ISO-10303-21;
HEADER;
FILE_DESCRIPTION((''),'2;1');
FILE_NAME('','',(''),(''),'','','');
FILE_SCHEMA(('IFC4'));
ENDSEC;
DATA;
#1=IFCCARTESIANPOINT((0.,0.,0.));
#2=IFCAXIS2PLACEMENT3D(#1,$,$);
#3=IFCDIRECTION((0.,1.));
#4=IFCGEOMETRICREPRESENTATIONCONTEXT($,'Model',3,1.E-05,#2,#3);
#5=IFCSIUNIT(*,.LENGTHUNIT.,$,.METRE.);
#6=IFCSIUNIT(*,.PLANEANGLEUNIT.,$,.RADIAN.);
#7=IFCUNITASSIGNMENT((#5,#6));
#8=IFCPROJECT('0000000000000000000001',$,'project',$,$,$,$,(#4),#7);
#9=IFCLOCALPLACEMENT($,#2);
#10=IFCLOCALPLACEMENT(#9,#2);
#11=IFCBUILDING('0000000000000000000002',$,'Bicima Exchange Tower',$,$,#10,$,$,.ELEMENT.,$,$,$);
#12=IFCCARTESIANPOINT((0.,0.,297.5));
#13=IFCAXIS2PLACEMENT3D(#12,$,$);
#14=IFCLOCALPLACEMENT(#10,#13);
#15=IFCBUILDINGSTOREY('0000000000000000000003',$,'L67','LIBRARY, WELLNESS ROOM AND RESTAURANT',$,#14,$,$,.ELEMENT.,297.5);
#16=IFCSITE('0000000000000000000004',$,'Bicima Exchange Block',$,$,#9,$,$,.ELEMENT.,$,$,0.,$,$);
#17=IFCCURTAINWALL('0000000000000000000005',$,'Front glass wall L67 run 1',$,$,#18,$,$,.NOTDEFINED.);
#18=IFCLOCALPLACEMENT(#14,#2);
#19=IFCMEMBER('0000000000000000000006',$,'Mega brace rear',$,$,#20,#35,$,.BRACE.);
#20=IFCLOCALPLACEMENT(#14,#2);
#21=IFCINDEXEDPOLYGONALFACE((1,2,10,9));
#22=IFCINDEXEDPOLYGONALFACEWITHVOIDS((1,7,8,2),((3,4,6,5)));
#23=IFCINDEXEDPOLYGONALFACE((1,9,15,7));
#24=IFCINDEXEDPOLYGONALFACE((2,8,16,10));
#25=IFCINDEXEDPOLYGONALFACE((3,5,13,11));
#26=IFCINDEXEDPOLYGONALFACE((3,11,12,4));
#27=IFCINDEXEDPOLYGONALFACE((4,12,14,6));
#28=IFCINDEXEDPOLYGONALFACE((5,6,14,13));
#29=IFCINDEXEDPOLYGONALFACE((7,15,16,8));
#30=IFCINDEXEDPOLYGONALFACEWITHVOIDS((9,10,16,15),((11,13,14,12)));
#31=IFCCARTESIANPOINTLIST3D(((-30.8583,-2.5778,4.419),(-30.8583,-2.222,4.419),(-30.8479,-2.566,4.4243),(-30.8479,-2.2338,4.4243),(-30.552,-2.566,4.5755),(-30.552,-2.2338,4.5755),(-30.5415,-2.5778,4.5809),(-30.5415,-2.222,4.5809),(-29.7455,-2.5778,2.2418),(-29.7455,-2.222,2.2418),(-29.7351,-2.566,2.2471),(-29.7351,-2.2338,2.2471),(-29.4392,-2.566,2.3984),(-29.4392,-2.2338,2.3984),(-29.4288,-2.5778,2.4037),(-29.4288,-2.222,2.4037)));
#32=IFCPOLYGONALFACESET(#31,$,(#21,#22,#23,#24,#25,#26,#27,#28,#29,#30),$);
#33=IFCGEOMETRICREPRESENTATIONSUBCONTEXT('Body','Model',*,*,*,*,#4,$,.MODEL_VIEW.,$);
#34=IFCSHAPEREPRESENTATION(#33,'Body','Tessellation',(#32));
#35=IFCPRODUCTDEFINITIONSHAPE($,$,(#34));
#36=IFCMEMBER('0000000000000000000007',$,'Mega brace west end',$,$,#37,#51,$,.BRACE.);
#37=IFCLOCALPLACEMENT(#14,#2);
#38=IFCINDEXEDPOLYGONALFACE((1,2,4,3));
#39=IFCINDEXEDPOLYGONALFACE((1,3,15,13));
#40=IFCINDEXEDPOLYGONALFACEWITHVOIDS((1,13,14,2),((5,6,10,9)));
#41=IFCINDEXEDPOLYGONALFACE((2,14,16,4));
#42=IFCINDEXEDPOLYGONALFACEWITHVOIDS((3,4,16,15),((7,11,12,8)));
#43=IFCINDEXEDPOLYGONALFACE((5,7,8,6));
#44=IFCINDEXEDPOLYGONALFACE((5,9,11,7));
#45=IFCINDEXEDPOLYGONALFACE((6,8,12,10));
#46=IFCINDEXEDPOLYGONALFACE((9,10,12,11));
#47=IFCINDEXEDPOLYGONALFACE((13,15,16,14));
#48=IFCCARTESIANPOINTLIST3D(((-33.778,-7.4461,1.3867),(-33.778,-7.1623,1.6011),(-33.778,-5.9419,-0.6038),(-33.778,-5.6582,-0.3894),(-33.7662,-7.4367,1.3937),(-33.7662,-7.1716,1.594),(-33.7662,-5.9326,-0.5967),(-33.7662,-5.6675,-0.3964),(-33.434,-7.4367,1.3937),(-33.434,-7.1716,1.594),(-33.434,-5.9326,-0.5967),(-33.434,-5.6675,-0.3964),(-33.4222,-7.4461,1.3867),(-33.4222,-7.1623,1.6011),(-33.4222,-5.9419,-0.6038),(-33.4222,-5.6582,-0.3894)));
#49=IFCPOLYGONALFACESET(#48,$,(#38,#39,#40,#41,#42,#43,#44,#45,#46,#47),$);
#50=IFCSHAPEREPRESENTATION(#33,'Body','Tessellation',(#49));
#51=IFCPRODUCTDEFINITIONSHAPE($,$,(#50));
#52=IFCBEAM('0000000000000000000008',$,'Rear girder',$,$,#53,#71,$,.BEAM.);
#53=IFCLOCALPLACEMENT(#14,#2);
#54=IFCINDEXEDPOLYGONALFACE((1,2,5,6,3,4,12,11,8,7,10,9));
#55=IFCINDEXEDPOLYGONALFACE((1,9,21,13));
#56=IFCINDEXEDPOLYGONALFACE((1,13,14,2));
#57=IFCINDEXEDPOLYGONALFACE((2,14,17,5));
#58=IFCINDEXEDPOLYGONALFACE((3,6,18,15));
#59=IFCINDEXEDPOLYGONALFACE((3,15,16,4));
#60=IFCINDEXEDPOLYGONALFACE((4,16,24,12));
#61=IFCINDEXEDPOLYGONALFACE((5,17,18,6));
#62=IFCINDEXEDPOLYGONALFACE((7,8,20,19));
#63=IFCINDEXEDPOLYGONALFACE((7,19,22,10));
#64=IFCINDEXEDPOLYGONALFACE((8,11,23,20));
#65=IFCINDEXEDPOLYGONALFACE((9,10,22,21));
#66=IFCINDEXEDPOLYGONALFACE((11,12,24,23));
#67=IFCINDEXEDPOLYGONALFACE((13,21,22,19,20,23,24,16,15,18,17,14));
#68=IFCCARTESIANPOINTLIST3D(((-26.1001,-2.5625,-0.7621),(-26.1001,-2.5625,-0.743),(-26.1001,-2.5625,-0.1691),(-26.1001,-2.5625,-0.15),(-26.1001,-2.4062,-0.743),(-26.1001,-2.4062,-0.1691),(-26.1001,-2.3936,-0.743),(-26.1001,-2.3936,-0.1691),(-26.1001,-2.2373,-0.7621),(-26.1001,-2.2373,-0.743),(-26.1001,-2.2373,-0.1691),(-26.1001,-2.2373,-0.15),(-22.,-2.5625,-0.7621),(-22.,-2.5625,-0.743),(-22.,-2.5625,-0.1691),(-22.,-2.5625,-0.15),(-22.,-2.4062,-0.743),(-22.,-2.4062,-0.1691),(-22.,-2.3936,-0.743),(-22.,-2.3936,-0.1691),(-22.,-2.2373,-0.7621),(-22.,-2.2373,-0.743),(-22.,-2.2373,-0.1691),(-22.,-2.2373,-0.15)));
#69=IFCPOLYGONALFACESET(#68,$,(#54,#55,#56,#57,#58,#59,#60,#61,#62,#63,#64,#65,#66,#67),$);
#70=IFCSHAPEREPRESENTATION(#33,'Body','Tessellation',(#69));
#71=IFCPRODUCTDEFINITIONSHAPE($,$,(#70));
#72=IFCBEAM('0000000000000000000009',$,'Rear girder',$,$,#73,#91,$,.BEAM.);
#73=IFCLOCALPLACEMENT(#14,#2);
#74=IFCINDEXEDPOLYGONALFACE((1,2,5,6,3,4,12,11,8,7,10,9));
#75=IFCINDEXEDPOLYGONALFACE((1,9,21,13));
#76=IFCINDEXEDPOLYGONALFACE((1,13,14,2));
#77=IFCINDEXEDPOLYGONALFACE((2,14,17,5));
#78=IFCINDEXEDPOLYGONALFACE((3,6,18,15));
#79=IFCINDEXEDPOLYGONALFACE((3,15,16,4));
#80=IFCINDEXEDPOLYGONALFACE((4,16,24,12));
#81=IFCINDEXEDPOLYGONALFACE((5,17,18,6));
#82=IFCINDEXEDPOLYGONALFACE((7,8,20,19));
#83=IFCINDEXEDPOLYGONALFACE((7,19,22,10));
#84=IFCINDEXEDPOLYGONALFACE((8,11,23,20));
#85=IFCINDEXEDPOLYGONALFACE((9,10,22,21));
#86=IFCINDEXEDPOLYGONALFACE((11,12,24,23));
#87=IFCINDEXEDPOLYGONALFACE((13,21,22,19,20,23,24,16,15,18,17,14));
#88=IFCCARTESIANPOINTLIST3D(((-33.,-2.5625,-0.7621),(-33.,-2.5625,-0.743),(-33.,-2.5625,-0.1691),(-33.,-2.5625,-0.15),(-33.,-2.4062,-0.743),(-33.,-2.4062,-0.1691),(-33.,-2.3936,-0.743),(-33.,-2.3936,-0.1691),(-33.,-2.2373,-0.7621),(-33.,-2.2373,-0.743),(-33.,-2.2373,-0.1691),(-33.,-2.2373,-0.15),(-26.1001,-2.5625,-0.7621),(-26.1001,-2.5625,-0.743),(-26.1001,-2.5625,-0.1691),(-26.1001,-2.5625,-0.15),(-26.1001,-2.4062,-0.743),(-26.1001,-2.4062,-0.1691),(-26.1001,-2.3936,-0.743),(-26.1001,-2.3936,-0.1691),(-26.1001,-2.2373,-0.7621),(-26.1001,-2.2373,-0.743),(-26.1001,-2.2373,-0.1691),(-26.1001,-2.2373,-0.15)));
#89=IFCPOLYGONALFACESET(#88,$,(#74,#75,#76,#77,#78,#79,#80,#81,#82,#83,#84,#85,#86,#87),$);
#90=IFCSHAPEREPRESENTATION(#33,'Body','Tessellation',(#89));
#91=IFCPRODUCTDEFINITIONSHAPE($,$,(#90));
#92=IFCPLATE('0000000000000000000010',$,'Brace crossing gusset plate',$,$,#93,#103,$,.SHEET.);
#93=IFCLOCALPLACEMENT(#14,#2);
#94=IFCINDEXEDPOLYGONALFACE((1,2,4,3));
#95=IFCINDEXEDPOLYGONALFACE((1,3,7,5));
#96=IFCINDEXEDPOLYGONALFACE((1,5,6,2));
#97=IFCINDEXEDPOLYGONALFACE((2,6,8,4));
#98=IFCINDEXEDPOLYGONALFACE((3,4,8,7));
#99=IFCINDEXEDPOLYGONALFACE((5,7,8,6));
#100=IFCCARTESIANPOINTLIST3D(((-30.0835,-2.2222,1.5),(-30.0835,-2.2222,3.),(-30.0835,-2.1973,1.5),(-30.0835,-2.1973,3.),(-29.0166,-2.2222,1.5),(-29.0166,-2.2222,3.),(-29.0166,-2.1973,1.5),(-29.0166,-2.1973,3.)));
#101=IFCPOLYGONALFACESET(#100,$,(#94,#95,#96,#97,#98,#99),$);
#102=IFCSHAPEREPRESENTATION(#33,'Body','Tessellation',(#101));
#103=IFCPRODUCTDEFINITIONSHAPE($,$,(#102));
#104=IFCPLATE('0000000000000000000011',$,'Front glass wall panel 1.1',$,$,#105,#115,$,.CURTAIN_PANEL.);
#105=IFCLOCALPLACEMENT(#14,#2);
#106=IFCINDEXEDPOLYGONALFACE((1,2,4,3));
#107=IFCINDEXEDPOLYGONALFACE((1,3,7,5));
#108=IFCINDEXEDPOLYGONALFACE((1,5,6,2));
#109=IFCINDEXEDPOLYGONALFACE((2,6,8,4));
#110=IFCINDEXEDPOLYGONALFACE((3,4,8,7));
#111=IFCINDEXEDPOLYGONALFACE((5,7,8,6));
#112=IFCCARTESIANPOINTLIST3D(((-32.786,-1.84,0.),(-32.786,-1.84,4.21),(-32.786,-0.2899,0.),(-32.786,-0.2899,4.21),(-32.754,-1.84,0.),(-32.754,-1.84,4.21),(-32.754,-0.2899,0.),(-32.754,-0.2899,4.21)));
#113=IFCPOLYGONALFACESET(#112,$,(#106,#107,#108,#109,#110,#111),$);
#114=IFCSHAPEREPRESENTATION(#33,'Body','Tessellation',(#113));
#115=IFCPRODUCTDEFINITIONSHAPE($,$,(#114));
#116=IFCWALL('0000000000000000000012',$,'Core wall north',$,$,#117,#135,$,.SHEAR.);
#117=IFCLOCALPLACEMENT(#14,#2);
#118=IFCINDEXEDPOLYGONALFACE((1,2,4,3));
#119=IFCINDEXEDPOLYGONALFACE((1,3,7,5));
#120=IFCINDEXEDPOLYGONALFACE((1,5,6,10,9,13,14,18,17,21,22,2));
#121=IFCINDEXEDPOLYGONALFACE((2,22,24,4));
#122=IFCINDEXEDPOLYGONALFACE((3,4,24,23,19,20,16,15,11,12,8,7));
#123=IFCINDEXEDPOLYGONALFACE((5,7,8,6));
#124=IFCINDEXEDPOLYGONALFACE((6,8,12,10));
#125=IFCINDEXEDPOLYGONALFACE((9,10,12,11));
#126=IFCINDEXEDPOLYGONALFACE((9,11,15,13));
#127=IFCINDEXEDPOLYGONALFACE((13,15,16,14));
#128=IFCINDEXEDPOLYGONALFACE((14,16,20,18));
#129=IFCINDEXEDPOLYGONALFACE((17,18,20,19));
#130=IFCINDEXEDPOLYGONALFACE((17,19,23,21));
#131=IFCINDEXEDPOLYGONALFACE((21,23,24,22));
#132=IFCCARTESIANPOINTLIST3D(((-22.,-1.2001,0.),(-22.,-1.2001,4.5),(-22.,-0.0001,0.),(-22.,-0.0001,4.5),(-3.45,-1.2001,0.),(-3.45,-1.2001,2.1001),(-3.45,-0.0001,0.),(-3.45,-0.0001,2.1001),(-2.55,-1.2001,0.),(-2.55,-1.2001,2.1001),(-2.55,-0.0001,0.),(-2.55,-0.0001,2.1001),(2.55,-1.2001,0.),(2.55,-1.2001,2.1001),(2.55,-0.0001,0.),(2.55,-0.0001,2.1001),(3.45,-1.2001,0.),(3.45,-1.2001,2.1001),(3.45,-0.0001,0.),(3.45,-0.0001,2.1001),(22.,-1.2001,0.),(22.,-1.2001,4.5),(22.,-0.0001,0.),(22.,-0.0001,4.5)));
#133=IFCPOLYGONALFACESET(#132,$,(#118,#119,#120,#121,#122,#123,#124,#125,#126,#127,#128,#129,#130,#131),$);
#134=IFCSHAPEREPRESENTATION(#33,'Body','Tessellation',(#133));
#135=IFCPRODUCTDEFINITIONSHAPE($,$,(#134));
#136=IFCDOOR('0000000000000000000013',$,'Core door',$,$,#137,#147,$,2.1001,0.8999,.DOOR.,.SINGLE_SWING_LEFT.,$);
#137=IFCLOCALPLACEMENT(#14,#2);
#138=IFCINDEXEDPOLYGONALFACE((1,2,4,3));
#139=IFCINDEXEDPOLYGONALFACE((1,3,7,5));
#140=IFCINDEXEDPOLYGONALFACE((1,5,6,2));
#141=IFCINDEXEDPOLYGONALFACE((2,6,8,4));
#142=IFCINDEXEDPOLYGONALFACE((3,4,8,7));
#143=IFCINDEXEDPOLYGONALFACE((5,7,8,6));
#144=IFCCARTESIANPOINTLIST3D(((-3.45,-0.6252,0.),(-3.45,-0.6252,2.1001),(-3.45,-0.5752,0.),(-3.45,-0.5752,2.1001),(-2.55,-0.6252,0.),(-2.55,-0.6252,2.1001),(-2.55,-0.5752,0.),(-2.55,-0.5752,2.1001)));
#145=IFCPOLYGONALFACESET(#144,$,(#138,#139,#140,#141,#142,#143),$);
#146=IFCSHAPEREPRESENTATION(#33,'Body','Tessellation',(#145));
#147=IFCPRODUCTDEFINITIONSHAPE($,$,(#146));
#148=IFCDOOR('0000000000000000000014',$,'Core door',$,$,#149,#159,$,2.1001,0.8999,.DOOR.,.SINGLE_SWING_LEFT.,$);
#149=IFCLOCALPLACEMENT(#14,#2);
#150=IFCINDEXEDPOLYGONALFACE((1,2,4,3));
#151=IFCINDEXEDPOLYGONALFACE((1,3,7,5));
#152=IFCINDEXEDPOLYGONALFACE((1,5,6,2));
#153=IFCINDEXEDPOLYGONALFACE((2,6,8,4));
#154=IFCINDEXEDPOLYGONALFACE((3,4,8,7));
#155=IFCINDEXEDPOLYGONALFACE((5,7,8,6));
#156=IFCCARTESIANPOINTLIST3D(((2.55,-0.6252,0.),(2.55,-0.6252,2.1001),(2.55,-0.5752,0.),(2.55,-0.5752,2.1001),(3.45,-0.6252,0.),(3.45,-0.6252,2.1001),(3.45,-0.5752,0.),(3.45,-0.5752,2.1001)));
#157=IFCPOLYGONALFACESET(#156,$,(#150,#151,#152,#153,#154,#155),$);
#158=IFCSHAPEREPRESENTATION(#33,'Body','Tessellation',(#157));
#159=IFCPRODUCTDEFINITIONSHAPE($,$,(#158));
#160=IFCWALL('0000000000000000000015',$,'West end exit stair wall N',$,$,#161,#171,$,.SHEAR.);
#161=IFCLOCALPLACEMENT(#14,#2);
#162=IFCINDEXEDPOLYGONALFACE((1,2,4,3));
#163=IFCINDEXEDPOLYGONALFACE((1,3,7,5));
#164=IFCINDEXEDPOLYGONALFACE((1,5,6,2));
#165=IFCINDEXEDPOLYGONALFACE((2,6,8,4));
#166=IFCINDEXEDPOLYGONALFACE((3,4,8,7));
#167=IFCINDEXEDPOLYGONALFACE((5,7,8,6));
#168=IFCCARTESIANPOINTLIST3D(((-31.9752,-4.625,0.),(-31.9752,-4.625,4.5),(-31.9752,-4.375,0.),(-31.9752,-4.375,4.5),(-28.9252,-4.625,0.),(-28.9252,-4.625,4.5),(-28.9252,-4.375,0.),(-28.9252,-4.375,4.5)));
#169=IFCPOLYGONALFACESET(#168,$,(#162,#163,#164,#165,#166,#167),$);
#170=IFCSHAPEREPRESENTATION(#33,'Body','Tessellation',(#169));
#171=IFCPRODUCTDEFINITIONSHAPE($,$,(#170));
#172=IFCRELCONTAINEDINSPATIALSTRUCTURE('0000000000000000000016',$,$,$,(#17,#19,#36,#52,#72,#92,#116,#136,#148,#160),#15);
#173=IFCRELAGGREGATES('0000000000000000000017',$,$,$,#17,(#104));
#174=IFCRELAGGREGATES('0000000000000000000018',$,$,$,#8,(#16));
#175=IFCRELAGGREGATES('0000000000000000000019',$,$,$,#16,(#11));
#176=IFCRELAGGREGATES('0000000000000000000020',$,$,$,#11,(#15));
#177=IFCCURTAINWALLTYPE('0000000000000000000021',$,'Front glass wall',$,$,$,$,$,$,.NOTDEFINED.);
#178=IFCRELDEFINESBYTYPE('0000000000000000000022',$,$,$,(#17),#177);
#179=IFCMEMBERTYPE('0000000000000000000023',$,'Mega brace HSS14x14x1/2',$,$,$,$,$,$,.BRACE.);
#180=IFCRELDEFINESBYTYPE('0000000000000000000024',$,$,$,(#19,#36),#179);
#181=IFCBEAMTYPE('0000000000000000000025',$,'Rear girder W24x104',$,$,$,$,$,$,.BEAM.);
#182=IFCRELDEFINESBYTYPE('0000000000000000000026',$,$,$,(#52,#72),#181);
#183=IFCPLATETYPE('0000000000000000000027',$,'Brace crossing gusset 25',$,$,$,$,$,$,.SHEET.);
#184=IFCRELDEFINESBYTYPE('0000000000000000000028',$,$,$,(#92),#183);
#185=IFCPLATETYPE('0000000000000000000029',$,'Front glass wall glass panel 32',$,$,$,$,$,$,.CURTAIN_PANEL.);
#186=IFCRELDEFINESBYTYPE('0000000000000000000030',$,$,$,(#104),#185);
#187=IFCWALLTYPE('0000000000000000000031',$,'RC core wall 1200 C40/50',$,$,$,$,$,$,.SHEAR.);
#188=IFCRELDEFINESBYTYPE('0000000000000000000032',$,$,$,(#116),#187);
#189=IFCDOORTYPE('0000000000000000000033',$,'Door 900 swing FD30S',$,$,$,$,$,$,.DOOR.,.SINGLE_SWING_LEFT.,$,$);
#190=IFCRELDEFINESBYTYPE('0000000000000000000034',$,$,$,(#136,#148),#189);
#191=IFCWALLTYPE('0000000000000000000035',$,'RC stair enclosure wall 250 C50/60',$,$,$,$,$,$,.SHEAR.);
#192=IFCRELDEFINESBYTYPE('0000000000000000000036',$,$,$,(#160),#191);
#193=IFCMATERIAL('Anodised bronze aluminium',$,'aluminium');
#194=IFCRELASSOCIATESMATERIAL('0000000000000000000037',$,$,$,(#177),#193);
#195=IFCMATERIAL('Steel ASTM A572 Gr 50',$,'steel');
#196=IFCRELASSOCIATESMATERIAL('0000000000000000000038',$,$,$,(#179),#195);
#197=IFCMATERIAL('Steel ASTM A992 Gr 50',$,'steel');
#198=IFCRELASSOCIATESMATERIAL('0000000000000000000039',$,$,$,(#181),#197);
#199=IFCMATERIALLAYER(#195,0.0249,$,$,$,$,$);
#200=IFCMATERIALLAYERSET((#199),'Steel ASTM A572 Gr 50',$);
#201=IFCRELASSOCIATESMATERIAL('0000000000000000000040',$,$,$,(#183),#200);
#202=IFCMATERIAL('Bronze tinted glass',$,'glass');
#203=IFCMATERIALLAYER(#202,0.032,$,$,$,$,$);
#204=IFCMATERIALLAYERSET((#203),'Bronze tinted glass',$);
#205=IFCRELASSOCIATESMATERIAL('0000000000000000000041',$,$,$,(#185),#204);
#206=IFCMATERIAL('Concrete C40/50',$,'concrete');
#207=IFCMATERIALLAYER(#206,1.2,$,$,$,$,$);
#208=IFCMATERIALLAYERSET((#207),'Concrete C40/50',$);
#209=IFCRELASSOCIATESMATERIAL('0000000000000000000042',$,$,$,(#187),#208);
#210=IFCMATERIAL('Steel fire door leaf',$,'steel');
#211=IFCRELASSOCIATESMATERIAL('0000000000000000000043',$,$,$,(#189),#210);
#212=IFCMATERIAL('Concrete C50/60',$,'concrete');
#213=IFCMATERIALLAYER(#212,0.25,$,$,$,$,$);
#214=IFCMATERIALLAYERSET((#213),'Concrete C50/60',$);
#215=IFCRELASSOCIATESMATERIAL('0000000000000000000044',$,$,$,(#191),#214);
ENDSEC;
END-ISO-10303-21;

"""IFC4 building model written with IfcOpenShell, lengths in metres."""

from ifc_helpers import new_model, si_unit, direction, frame, frame_2d, origin, origin_2d, place, context, subcontext, project, spatial, rectangle, hollow_rectangle, i_section, extrude, material, layer, layer_set, material_profile, profile_set, type_object, element, fill, aggregate, save


model = new_model("IFC4")

# Units and contexts
model_context = context("Model", 3, precision=1e-05, world=origin(), true_north=direction((0.0, 1.0)))
body_context = subcontext(model_context, "Body", "Model", "MODEL_VIEW")
ifc_project = project(units=[si_unit("LENGTHUNIT", "METRE"), si_unit("PLANEANGLEUNIT", "RADIAN")], contexts=[model_context])

# Site, building, storey
site_placement = place(None, origin())
site = spatial("IfcSite", under=ifc_project, at=site_placement, Name="Bicima Exchange Block", CompositionType="ELEMENT", RefElevation=0.0)
building_placement = place(site_placement, origin())
building = spatial("IfcBuilding", under=site, at=building_placement, Name="Bicima Exchange Tower", CompositionType="ELEMENT")
storey_placement = place(building_placement, frame((0.0, 0.0, 297.5)))
storey = spatial("IfcBuildingStorey", under=building, at=storey_placement, Name="L67", Description="LIBRARY, WELLNESS ROOM AND RESTAURANT", CompositionType="ELEMENT", Elevation=297.5)

# Shared definitions
ifc_material_1 = material(Name="Steel ASTM A572 Gr 50", Category="steel")
ifc_material_2 = material(Name="Steel ASTM A992 Gr 50", Category="steel")

# Curtain wall
ifc_material_3 = material(Name="Anodised bronze aluminium", Category="aluminium")
curtain_wall_type = type_object("IfcCurtainWallType", Name="Front glass wall", PredefinedType="NOTDEFINED", material=ifc_material_3)
curtain_wall_placement = place(storey_placement, origin())
curtain_wall = element("IfcCurtainWall", 1, at=curtain_wall_placement, inside=storey, type_object=curtain_wall_type, Name="Front glass wall L67 run 1", PredefinedType="NOTDEFINED")

# Members
ifc_material_profile_1 = material_profile(ifc_material_1, hollow_rectangle(XDim=0.3557, YDim=0.3557, WallThickness=0.0117, at=origin_2d()))
ifc_profile_set_1 = profile_set([ifc_material_profile_1], Name="Steel ASTM A572 Gr 50")
member_type_1 = type_object("IfcMemberType", Name="Mega brace HSS14x14x1/2", PredefinedType="BRACE", material=ifc_profile_set_1)
for number, where, z_axis, x_axis, name in (
    (2, (-29.5872, -2.3999, 2.3228), (-0.455104, 0.0, 0.890438), (0.0, -1.0, 0.0), "Mega brace rear"),
):
    element("IfcMember", number, at=place(storey_placement, frame(where, z_axis=z_axis, x_axis=x_axis)), inside=storey, type_object=member_type_1, Name=name, PredefinedType="BRACE", context=body_context, shape_type="SweptSolid", body=[
        extrude(hollow_rectangle(XDim=0.3557, YDim=0.3557, WallThickness=0.0117, at=origin_2d()), origin(), (0.0, 0.0, 1.0), 2.4451),
    ])
member_1_placement = place(storey_placement, frame((-33.6001, -5.8, -0.4966), z_axis=(0.0, -0.602893, 0.797822), x_axis=(1.0, 0.0, 0.0)))
element("IfcMember", 3, at=member_1_placement, inside=storey, type_object=member_type_1, Name="Mega brace west end", PredefinedType="BRACE", context=body_context, shape_type="SweptSolid", body=[
    extrude(hollow_rectangle(XDim=0.3557, YDim=0.3557, WallThickness=0.0117, at=origin_2d()), origin(), (0.0, 0.0, 1.0), 2.4949),
])

# Beams
ifc_material_profile_2 = material_profile(ifc_material_2, i_section(OverallWidth=0.3252, OverallDepth=0.6121, WebThickness=0.0127, FlangeThickness=0.019, at=origin_2d()))
ifc_profile_set_2 = profile_set([ifc_material_profile_2], Name="Steel ASTM A992 Gr 50")
beam_type_1 = type_object("IfcBeamType", Name="Rear girder W24x104", PredefinedType="BEAM", material=ifc_profile_set_2)
beam_1_placement = place(storey_placement, frame((-22.0, -2.3999, -0.4561), z_axis=(-1.0, 0.0, 0.0), x_axis=(0.0, -1.0, 0.0)))
element("IfcBeam", 4, at=beam_1_placement, inside=storey, type_object=beam_type_1, Name="Rear girder", PredefinedType="BEAM", context=body_context, shape_type="SweptSolid", body=[
    extrude(i_section(OverallWidth=0.3252, OverallDepth=0.6121, WebThickness=0.0127, FlangeThickness=0.019, at=origin_2d()), origin(), (0.0, 0.0, 1.0), 4.1001),
])
beam_2_placement = place(storey_placement, frame((-26.1001, -2.3999, -0.4561), z_axis=(-1.0, 0.0, 0.0), x_axis=(0.0, -1.0, 0.0)))
element("IfcBeam", 5, at=beam_2_placement, inside=storey, type_object=beam_type_1, Name="Rear girder", PredefinedType="BEAM", context=body_context, shape_type="SweptSolid", body=[
    extrude(i_section(OverallWidth=0.3252, OverallDepth=0.6121, WebThickness=0.0127, FlangeThickness=0.019, at=origin_2d()), origin(), (0.0, 0.0, 1.0), 6.8999),
])

# Plates
ifc_layer_1 = layer(ifc_material_1, 0.0249)
ifc_layer_set_1 = layer_set([ifc_layer_1], Name="Steel ASTM A572 Gr 50")
plate_type_1 = type_object("IfcPlateType", Name="Brace crossing gusset 25", PredefinedType="SHEET", material=ifc_layer_set_1)
plate_1_placement = place(storey_placement, frame((-29.55, -2.2097, 1.5), z_axis=(0.0, 0.0, 1.0), x_axis=(1.0, 0.0, 0.0)))
element("IfcPlate", 6, at=plate_1_placement, inside=storey, type_object=plate_type_1, Name="Brace crossing gusset plate", PredefinedType="SHEET", context=body_context, shape_type="SweptSolid", body=[
    extrude(rectangle(XDim=1.0669, YDim=0.0249, at=origin_2d()), origin(), (0.0, 0.0, 1.0), 1.5),
])
ifc_material_4 = material(Name="Bronze tinted glass", Category="glass")
ifc_layer_2 = layer(ifc_material_4, 0.032)
ifc_layer_set_2 = layer_set([ifc_layer_2], Name="Bronze tinted glass")
plate_type_2 = type_object("IfcPlateType", Name="Front glass wall glass panel 32", PredefinedType="CURTAIN_PANEL", material=ifc_layer_set_2)
plate_2_placement = place(storey_placement, frame((-32.77, -1.0649, 0.0), z_axis=(0.0, 0.0, 1.0), x_axis=(0.0, -1.0, 0.0)))
plate_2 = element("IfcPlate", 7, at=plate_2_placement, type_object=plate_type_2, Name="Front glass wall panel 1.1", PredefinedType="CURTAIN_PANEL", context=body_context, shape_type="SweptSolid", body=[
    extrude(rectangle(XDim=1.55, YDim=0.032, at=origin_2d()), origin(), (0.0, 0.0, 1.0), 4.21),
])
aggregate(curtain_wall, [plate_2])

# Wall, openings, doors
ifc_material_5 = material(Name="Concrete C40/50", Category="concrete")
ifc_layer_3 = layer(ifc_material_5, 1.2)
ifc_layer_set_3 = layer_set([ifc_layer_3], Name="Concrete C40/50")
wall_type_1 = type_object("IfcWallType", Name="RC core wall 1200 C40/50", PredefinedType="SHEAR", material=ifc_layer_set_3)
wall_1_placement = place(storey_placement, frame((-22.0, -0.6001, 0.0), z_axis=(0.0, 0.0, 1.0), x_axis=(1.0, 0.0, 0.0)))
wall_1 = element("IfcWall", 8, at=wall_1_placement, inside=storey, type_object=wall_type_1, Name="Core wall north", PredefinedType="SHEAR", context=body_context, shape_type="SweptSolid", body=[
    extrude(rectangle(XDim=44.0, YDim=1.2, at=frame_2d((22.0, 0.0))), origin(), (0.0, 0.0, 1.0), 4.5),
])
opening_1_placement = place(wall_1_placement, frame((18.55, 0.0, 0.0)))
opening_1 = element("IfcOpeningElement", 9, at=opening_1_placement, cuts=wall_1, PredefinedType="OPENING", context=body_context, shape_type="SweptSolid", body=[
    extrude(rectangle(XDim=0.8999, YDim=2.1001, at=frame_2d((0.45, 1.05))), frame((0.0, 0.6118, 0.0), z_axis=(0.0, -1.0, 0.0), x_axis=(1.0, 0.0, 0.0)), (0.0, 0.0, 1.0), 1.2239),
])
opening_2_placement = place(wall_1_placement, frame((24.55, 0.0, 0.0)))
opening_2 = element("IfcOpeningElement", 10, at=opening_2_placement, cuts=wall_1, PredefinedType="OPENING", context=body_context, shape_type="SweptSolid", body=[
    extrude(rectangle(XDim=0.8999, YDim=2.1001, at=frame_2d((0.45, 1.05))), frame((0.0, 0.6118, 0.0), z_axis=(0.0, -1.0, 0.0), x_axis=(1.0, 0.0, 0.0)), (0.0, 0.0, 1.0), 1.2239),
])
ifc_material_6 = material(Name="Steel fire door leaf", Category="steel")
door_type = type_object("IfcDoorType", Name="Door 900 swing FD30S", OperationType="SINGLE_SWING_LEFT", PredefinedType="DOOR", material=ifc_material_6)
door_1_placement = place(opening_1_placement, origin())
door_1 = element("IfcDoor", 11, at=door_1_placement, inside=storey, type_object=door_type, Name="Core door", OperationType="SINGLE_SWING_LEFT", OverallHeight=2.1001, OverallWidth=0.8999, PredefinedType="DOOR", context=body_context, shape_type="SweptSolid", body=[
    extrude(rectangle(XDim=0.8999, YDim=2.1001, at=frame_2d((0.45, 1.05))), frame((0.0, 0.0249, 0.0), z_axis=(0.0, -1.0, 0.0), x_axis=(1.0, 0.0, 0.0)), (0.0, 0.0, 1.0), 0.05),
])
fill(opening_1, door_1)
door_2_placement = place(opening_2_placement, origin())
door_2 = element("IfcDoor", 12, at=door_2_placement, inside=storey, type_object=door_type, Name="Core door", OperationType="SINGLE_SWING_LEFT", OverallHeight=2.1001, OverallWidth=0.8999, PredefinedType="DOOR", context=body_context, shape_type="SweptSolid", body=[
    extrude(rectangle(XDim=0.8999, YDim=2.1001, at=frame_2d((0.45, 1.05))), frame((0.0, 0.0249, 0.0), z_axis=(0.0, -1.0, 0.0), x_axis=(1.0, 0.0, 0.0)), (0.0, 0.0, 1.0), 0.05),
])
fill(opening_2, door_2)

# Wall
ifc_material_7 = material(Name="Concrete C50/60", Category="concrete")
ifc_layer_4 = layer(ifc_material_7, 0.25)
ifc_layer_set_4 = layer_set([ifc_layer_4], Name="Concrete C50/60")
wall_type_2 = type_object("IfcWallType", Name="RC stair enclosure wall 250 C50/60", PredefinedType="SHEAR", material=ifc_layer_set_4)
wall_2_placement = place(storey_placement, frame((-31.9751, -4.5, 0.0), z_axis=(0.0, 0.0, 1.0), x_axis=(1.0, 0.0, 0.0)))
element("IfcWall", 13, at=wall_2_placement, inside=storey, type_object=wall_type_2, Name="West end exit stair wall N", PredefinedType="SHEAR", context=body_context, shape_type="SweptSolid", body=[
    extrude(rectangle(XDim=3.05, YDim=0.25, at=frame_2d((1.5249, 0.0))), origin(), (0.0, 0.0, 1.0), 4.5),
])

save(model, "model.ifc")
